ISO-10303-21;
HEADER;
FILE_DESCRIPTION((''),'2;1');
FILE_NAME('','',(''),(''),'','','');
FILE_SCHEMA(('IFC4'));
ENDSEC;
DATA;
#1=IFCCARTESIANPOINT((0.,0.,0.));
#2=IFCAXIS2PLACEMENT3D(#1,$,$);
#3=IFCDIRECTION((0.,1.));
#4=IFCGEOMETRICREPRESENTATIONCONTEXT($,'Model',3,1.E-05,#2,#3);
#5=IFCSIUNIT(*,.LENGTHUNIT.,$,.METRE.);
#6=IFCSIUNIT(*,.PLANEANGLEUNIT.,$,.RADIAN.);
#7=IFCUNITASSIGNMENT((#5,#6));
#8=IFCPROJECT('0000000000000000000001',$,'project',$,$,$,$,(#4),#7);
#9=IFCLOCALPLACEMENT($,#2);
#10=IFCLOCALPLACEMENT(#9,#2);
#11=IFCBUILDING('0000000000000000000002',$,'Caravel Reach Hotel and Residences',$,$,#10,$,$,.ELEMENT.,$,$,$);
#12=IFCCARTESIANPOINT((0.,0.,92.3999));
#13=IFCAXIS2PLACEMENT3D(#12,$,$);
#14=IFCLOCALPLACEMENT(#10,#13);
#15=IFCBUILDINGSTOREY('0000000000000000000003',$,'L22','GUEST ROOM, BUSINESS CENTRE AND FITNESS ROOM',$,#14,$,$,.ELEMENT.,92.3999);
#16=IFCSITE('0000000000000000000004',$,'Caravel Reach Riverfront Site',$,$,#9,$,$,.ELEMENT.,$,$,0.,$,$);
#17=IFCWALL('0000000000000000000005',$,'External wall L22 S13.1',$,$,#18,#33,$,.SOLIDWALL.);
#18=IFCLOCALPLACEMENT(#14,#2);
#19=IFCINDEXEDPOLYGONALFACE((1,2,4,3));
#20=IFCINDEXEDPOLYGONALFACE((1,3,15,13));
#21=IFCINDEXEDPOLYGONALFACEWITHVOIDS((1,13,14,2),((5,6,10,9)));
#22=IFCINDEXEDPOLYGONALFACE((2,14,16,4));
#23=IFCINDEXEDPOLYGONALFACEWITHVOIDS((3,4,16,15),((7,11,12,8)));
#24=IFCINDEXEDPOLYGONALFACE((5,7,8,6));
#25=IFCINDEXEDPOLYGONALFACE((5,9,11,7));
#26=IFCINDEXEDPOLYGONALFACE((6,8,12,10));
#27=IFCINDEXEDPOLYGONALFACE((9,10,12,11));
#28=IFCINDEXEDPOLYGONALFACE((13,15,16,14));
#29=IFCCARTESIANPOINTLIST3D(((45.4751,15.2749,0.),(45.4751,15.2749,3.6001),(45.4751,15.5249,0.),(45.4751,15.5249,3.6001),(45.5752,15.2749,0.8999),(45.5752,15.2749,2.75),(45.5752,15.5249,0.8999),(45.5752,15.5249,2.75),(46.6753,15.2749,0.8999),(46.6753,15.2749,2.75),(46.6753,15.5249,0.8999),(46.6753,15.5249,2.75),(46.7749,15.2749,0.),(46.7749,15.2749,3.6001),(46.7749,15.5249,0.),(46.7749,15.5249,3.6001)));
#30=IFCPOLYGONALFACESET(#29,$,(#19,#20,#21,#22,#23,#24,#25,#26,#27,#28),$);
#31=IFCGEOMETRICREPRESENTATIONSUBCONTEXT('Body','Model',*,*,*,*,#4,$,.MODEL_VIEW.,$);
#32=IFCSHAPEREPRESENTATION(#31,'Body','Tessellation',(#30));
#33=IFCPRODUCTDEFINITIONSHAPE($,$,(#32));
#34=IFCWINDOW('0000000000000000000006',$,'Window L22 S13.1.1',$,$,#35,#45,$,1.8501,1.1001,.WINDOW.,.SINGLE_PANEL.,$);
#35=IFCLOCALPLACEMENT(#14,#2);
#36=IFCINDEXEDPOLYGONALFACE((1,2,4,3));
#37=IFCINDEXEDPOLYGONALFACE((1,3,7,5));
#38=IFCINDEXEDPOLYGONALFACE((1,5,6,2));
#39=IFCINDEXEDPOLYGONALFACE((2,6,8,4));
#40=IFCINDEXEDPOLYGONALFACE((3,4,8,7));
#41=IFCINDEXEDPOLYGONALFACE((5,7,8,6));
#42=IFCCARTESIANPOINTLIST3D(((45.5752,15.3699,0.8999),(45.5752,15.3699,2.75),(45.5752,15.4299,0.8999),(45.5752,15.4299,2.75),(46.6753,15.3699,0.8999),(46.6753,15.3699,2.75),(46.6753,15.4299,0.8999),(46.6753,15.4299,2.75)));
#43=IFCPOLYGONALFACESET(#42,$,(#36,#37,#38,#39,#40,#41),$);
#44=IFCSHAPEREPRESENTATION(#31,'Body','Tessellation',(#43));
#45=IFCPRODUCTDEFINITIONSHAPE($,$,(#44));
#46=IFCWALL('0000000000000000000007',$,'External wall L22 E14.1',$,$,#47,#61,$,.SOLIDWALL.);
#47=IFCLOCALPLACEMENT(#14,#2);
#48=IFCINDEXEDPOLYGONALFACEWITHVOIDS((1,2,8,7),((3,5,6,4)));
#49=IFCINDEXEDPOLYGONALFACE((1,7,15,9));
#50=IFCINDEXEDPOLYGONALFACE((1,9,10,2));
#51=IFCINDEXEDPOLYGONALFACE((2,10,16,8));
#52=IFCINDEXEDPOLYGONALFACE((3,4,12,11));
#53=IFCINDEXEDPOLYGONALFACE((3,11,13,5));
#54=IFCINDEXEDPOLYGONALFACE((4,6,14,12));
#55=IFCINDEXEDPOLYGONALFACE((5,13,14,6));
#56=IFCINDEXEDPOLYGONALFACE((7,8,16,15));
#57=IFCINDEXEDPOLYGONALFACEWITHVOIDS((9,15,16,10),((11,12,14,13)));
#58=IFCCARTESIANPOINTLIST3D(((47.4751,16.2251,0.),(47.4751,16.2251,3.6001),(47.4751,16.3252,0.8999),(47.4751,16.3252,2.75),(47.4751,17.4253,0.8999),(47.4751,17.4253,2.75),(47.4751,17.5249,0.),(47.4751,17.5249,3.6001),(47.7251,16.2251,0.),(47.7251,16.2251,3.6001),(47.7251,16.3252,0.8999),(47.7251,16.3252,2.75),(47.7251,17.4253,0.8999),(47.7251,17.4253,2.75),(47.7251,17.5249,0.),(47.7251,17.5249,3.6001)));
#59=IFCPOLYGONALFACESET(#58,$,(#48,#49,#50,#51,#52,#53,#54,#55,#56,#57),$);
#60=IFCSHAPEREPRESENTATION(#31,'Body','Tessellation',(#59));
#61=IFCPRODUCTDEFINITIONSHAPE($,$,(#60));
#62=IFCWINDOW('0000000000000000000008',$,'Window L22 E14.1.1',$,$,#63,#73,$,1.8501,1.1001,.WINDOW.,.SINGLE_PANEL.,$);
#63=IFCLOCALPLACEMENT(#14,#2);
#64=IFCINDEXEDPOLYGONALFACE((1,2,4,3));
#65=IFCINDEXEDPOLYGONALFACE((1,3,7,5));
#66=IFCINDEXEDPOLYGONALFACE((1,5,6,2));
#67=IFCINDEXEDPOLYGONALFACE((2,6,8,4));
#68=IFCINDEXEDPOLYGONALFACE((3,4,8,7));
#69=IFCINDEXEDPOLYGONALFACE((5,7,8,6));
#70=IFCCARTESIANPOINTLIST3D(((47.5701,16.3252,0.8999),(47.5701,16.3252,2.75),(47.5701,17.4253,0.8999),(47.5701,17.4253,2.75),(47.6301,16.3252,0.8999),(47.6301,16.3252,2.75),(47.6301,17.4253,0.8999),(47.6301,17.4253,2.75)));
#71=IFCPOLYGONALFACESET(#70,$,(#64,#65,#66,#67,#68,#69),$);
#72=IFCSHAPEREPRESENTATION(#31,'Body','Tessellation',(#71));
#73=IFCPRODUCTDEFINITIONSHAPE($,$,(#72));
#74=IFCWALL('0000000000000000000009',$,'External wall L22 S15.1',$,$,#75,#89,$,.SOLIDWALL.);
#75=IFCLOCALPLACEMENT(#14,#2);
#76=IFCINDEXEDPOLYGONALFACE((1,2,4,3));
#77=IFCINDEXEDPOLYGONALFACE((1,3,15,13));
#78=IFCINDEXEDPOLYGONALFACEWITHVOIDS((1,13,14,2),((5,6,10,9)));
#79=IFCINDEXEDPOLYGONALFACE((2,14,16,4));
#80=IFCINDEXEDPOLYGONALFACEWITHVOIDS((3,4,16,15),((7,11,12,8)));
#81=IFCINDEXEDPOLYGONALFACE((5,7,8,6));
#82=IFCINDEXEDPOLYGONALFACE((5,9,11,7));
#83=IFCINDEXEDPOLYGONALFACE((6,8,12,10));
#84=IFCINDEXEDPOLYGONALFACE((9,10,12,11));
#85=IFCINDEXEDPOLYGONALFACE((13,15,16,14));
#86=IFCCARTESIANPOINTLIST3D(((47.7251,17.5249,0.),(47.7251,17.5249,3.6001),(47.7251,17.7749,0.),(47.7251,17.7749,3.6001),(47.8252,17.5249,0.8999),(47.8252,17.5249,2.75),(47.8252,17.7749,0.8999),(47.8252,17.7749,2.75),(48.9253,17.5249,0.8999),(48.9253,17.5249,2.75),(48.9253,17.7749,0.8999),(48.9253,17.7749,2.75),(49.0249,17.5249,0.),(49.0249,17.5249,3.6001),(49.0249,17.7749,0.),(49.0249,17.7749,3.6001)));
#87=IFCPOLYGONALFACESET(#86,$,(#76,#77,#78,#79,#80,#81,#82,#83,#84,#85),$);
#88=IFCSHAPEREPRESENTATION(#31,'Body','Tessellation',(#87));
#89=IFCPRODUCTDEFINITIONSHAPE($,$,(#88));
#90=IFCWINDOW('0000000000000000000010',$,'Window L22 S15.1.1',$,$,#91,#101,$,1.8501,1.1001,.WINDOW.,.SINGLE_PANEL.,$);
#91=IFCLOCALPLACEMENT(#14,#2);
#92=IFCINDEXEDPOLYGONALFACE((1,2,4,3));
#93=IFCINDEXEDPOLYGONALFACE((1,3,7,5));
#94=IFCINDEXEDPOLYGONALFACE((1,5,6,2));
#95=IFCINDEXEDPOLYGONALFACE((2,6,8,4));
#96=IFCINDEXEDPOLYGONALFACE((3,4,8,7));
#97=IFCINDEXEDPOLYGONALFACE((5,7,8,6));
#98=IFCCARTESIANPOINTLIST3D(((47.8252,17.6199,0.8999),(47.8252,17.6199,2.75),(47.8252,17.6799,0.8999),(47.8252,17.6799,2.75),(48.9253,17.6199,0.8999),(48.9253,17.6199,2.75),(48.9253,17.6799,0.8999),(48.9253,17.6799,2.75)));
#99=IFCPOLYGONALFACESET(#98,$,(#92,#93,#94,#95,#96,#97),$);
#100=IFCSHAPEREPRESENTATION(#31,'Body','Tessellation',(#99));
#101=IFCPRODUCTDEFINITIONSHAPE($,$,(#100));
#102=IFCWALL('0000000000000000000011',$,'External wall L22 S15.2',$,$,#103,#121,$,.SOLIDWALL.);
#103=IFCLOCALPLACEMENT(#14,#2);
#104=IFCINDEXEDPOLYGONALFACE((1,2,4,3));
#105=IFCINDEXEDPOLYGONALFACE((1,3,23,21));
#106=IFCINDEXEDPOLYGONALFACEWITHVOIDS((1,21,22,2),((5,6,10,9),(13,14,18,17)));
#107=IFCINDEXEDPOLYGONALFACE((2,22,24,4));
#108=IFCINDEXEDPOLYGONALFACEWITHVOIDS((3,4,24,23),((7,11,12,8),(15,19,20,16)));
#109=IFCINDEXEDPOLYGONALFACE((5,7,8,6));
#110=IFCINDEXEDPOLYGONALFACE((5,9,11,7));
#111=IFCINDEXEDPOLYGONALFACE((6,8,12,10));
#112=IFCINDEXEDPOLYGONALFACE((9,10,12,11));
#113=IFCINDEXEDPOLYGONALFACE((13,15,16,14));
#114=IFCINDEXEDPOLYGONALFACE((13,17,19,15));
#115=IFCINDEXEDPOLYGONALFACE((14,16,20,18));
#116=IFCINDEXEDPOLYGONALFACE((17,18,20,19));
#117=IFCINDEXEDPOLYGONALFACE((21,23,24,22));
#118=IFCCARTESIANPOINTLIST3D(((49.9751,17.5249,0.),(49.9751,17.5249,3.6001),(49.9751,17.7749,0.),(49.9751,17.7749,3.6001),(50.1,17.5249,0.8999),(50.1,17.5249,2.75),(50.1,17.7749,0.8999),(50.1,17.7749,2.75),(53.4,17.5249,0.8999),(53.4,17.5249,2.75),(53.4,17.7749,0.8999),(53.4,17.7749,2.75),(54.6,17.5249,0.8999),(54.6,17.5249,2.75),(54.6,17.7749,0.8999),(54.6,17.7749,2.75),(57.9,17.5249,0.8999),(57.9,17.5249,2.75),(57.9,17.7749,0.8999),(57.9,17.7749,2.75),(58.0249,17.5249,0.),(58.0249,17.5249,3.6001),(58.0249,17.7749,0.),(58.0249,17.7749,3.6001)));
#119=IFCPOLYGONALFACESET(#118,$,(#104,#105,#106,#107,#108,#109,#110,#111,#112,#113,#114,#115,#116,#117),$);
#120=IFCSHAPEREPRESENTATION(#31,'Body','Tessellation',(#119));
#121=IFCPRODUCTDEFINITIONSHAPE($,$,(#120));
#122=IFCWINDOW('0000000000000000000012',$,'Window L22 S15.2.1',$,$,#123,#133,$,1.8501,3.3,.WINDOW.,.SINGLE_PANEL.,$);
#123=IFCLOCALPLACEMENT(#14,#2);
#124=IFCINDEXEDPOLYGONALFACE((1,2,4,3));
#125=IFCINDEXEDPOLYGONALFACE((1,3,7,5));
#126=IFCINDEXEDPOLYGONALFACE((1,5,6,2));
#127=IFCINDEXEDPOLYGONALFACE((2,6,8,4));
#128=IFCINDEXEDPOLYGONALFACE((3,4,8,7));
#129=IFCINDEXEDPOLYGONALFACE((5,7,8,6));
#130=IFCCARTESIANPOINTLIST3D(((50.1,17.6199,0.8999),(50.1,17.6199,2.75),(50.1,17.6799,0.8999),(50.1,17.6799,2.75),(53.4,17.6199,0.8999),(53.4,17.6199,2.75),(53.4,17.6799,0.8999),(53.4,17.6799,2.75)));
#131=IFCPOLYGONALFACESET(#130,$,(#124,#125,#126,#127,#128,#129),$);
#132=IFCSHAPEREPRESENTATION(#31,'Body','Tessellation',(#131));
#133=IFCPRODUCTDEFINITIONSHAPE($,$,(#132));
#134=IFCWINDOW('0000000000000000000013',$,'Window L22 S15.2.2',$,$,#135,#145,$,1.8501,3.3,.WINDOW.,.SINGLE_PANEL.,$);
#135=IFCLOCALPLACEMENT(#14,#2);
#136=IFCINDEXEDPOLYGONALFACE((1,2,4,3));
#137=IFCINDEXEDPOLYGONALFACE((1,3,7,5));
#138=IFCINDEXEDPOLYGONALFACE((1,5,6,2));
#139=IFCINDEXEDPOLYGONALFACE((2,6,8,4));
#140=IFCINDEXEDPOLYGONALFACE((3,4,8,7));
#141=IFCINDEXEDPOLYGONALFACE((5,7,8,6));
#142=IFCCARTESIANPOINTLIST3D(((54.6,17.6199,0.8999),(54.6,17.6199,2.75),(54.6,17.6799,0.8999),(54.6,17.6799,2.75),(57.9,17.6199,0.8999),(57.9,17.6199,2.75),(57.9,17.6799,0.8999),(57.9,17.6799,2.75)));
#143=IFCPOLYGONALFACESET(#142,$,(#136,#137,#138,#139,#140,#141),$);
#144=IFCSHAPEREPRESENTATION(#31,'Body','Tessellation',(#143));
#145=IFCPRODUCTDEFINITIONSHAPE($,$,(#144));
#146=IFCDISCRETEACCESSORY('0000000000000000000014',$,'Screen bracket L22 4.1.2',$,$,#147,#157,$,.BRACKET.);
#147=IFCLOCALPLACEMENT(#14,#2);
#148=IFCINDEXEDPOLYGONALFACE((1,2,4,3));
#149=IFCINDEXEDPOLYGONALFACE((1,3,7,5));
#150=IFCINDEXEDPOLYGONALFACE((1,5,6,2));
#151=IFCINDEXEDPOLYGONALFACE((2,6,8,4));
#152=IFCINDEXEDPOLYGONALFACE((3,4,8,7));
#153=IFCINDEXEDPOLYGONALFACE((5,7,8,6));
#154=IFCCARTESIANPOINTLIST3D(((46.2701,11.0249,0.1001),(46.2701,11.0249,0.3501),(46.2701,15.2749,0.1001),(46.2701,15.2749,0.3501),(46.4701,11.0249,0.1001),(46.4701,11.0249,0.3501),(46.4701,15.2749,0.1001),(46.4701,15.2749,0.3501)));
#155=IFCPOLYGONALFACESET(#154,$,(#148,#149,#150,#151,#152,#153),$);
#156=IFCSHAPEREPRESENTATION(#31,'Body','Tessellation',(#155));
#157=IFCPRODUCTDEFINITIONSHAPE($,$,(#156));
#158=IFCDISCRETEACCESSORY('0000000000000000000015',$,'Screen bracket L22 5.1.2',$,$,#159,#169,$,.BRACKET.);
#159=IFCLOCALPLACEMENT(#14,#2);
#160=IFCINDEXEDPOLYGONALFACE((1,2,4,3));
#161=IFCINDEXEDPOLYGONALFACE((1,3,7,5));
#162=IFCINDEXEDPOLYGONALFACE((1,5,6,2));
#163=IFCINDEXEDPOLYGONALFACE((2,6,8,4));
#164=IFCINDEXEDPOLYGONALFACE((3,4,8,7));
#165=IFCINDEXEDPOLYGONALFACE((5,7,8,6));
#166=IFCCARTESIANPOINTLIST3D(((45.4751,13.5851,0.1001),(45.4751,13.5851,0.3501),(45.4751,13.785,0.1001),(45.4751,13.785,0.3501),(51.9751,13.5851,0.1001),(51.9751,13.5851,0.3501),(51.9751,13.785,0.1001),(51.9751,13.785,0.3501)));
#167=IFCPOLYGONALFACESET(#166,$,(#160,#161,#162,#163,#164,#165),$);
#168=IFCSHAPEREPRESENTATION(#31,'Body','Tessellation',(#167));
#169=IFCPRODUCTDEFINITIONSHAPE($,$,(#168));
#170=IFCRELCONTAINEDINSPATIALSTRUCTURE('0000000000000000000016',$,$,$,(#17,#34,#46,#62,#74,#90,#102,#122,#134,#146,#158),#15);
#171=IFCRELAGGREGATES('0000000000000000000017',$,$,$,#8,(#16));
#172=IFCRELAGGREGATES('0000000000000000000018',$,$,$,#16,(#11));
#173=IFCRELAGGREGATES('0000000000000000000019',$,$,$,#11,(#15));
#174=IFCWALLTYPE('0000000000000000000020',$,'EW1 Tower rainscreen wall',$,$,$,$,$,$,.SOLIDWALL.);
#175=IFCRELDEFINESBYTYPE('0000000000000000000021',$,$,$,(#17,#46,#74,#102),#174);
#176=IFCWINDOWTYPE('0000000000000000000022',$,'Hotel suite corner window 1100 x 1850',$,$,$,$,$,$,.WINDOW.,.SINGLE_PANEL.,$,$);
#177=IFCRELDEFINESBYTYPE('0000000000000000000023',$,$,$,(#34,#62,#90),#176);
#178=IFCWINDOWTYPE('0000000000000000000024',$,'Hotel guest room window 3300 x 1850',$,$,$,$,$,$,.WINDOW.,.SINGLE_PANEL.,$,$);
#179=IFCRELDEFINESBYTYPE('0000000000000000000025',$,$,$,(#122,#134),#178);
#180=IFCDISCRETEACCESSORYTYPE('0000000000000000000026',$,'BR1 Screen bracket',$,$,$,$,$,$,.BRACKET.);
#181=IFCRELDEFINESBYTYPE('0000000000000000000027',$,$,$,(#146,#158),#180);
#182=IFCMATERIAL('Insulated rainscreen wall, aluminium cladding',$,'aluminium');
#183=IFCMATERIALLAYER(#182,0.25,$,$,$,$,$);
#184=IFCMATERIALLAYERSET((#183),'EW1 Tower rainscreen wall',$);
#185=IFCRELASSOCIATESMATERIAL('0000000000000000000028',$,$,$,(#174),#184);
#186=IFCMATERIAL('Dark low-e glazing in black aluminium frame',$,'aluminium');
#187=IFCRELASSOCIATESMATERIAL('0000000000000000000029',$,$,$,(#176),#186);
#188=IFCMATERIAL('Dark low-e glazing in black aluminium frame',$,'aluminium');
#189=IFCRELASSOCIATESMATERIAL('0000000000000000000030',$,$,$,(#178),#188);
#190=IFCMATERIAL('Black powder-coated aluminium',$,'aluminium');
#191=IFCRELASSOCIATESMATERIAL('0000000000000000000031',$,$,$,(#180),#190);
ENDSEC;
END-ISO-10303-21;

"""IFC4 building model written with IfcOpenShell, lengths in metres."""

from ifc_helpers import new_model, si_unit, direction, frame, frame_2d, origin, origin_2d, place, context, subcontext, project, spatial, rectangle, extrude, material, layer, layer_set, type_object, element, fill, save


model = new_model("IFC4")

# Units and contexts
model_context = context("Model", 3, precision=1e-05, world=origin(), true_north=direction((0.0, 1.0)))
body_context = subcontext(model_context, "Body", "Model", "MODEL_VIEW")
ifc_project = project(units=[si_unit("LENGTHUNIT", "METRE"), si_unit("PLANEANGLEUNIT", "RADIAN")], contexts=[model_context])

# Site, building, storey
site_placement = place(None, origin())
site = spatial("IfcSite", under=ifc_project, at=site_placement, Name="Caravel Reach Riverfront Site", CompositionType="ELEMENT", RefElevation=0.0)
building_placement = place(site_placement, origin())
building = spatial("IfcBuilding", under=site, at=building_placement, Name="Caravel Reach Hotel and Residences", CompositionType="ELEMENT")
storey_placement = place(building_placement, frame((0.0, 0.0, 92.3999)))
storey = spatial("IfcBuildingStorey", under=building, at=storey_placement, Name="L22", Description="GUEST ROOM, BUSINESS CENTRE AND FITNESS ROOM", CompositionType="ELEMENT", Elevation=92.3999)

# Walls, openings, windows
ifc_material_1 = material(Name="Insulated rainscreen wall, aluminium cladding", Category="aluminium")
ifc_layer_1 = layer(ifc_material_1, 0.25)
ifc_layer_set_1 = layer_set([ifc_layer_1], Name="EW1 Tower rainscreen wall")
wall_type_1 = type_object("IfcWallType", Name="EW1 Tower rainscreen wall", PredefinedType="SOLIDWALL", material=ifc_layer_set_1)
ifc_material_2 = material(Name="Dark low-e glazing in black aluminium frame", Category="aluminium")
window_type_1 = type_object("IfcWindowType", Name="Hotel suite corner window 1100 x 1850", PartitioningType="SINGLE_PANEL", PredefinedType="WINDOW", material=ifc_material_2)
wall_1_placement = place(storey_placement, frame((45.4751, 15.3999, 0.0), z_axis=(0.0, 0.0, 1.0), x_axis=(1.0, 0.0, 0.0)))
wall_1 = element("IfcWall", 1, at=wall_1_placement, inside=storey, type_object=wall_type_1, Name="External wall L22 S13.1", PredefinedType="SOLIDWALL", context=body_context, shape_type="SweptSolid", body=[
    extrude(rectangle(XDim=1.2998, YDim=0.25, at=frame_2d((0.6499, 0.0))), origin(), (0.0, 0.0, 1.0), 3.6001),
])
opening_1_placement = place(wall_1_placement, frame((0.1001, 0.0, 0.8999)))
opening_1 = element("IfcOpeningElement", 2, at=opening_1_placement, cuts=wall_1, PredefinedType="OPENING", context=body_context, shape_type="SweptSolid", body=[
    extrude(rectangle(XDim=1.1001, YDim=1.8501, at=frame_2d((0.55, 0.925))), frame((0.0, 0.135, 0.0), z_axis=(0.0, -1.0, 0.0), x_axis=(1.0, 0.0, 0.0)), (0.0, 0.0, 1.0), 0.27),
])
window_1_placement = place(opening_1_placement, origin())
window_1 = element("IfcWindow", 3, at=window_1_placement, inside=storey, type_object=window_type_1, Name="Window L22 S13.1.1", OverallHeight=1.8501, OverallWidth=1.1001, PartitioningType="SINGLE_PANEL", PredefinedType="WINDOW", context=body_context, shape_type="SweptSolid", body=[
    extrude(rectangle(XDim=1.1001, YDim=1.8501, at=frame_2d((0.55, 0.925))), frame((0.0, 0.03, 0.0), z_axis=(0.0, -1.0, 0.0), x_axis=(1.0, 0.0, 0.0)), (0.0, 0.0, 1.0), 0.0601),
])
fill(opening_1, window_1)
wall_2_placement = place(storey_placement, frame((47.6001, 16.2251, 0.0), z_axis=(0.0, 0.0, 1.0), x_axis=(0.0, 1.0, 0.0)))
wall_2 = element("IfcWall", 4, at=wall_2_placement, inside=storey, type_object=wall_type_1, Name="External wall L22 E14.1", PredefinedType="SOLIDWALL", context=body_context, shape_type="SweptSolid", body=[
    extrude(rectangle(XDim=1.2998, YDim=0.25, at=frame_2d((0.6499, 0.0))), origin(), (0.0, 0.0, 1.0), 3.6001),
])
opening_2_placement = place(wall_2_placement, frame((0.1001, 0.0, 0.8999)))
opening_2 = element("IfcOpeningElement", 5, at=opening_2_placement, cuts=wall_2, PredefinedType="OPENING", context=body_context, shape_type="SweptSolid", body=[
    extrude(rectangle(XDim=1.1001, YDim=1.8501, at=frame_2d((0.55, 0.925))), frame((0.0, 0.135, 0.0), z_axis=(0.0, -1.0, 0.0), x_axis=(1.0, 0.0, 0.0)), (0.0, 0.0, 1.0), 0.27),
])
window_2_placement = place(opening_2_placement, origin())
window_2 = element("IfcWindow", 6, at=window_2_placement, inside=storey, type_object=window_type_1, Name="Window L22 E14.1.1", OverallHeight=1.8501, OverallWidth=1.1001, PartitioningType="SINGLE_PANEL", PredefinedType="WINDOW", context=body_context, shape_type="SweptSolid", body=[
    extrude(rectangle(XDim=1.1001, YDim=1.8501, at=frame_2d((0.55, 0.925))), frame((0.0, 0.03, 0.0), z_axis=(0.0, -1.0, 0.0), x_axis=(1.0, 0.0, 0.0)), (0.0, 0.0, 1.0), 0.0601),
])
fill(opening_2, window_2)
wall_3_placement = place(storey_placement, frame((47.7251, 17.6499, 0.0), z_axis=(0.0, 0.0, 1.0), x_axis=(1.0, 0.0, 0.0)))
wall_3 = element("IfcWall", 7, at=wall_3_placement, inside=storey, type_object=wall_type_1, Name="External wall L22 S15.1", PredefinedType="SOLIDWALL", context=body_context, shape_type="SweptSolid", body=[
    extrude(rectangle(XDim=1.2998, YDim=0.25, at=frame_2d((0.6499, 0.0))), origin(), (0.0, 0.0, 1.0), 3.6001),
])
opening_3_placement = place(wall_3_placement, frame((0.1001, 0.0, 0.8999)))
opening_3 = element("IfcOpeningElement", 8, at=opening_3_placement, cuts=wall_3, PredefinedType="OPENING", context=body_context, shape_type="SweptSolid", body=[
    extrude(rectangle(XDim=1.1001, YDim=1.8501, at=frame_2d((0.55, 0.925))), frame((0.0, 0.135, 0.0), z_axis=(0.0, -1.0, 0.0), x_axis=(1.0, 0.0, 0.0)), (0.0, 0.0, 1.0), 0.27),
])
window_3_placement = place(opening_3_placement, origin())
window_3 = element("IfcWindow", 9, at=window_3_placement, inside=storey, type_object=window_type_1, Name="Window L22 S15.1.1", OverallHeight=1.8501, OverallWidth=1.1001, PartitioningType="SINGLE_PANEL", PredefinedType="WINDOW", context=body_context, shape_type="SweptSolid", body=[
    extrude(rectangle(XDim=1.1001, YDim=1.8501, at=frame_2d((0.55, 0.925))), frame((0.0, 0.03, 0.0), z_axis=(0.0, -1.0, 0.0), x_axis=(1.0, 0.0, 0.0)), (0.0, 0.0, 1.0), 0.0601),
])
fill(opening_3, window_3)

# Wall, openings, windows
wall_4_placement = place(storey_placement, frame((49.9751, 17.6499, 0.0), z_axis=(0.0, 0.0, 1.0), x_axis=(1.0, 0.0, 0.0)))
wall_4 = element("IfcWall", 10, at=wall_4_placement, inside=storey, type_object=wall_type_1, Name="External wall L22 S15.2", PredefinedType="SOLIDWALL", context=body_context, shape_type="SweptSolid", body=[
    extrude(rectangle(XDim=8.0498, YDim=0.25, at=frame_2d((4.0249, 0.0))), origin(), (0.0, 0.0, 1.0), 3.6001),
])
opening_4_placement = place(wall_4_placement, frame((0.125, 0.0, 0.8999)))
opening_4 = element("IfcOpeningElement", 11, at=opening_4_placement, cuts=wall_4, PredefinedType="OPENING", context=body_context, shape_type="SweptSolid", body=[
    extrude(rectangle(XDim=3.3, YDim=1.8501, at=frame_2d((1.6499, 0.925))), frame((0.0, 0.135, 0.0), z_axis=(0.0, -1.0, 0.0), x_axis=(1.0, 0.0, 0.0)), (0.0, 0.0, 1.0), 0.27),
])
opening_5_placement = place(wall_4_placement, frame((4.625, 0.0, 0.8999)))
opening_5 = element("IfcOpeningElement", 12, at=opening_5_placement, cuts=wall_4, PredefinedType="OPENING", context=body_context, shape_type="SweptSolid", body=[
    extrude(rectangle(XDim=3.3, YDim=1.8501, at=frame_2d((1.6499, 0.925))), frame((0.0, 0.135, 0.0), z_axis=(0.0, -1.0, 0.0), x_axis=(1.0, 0.0, 0.0)), (0.0, 0.0, 1.0), 0.27),
])
ifc_material_3 = material(Name="Dark low-e glazing in black aluminium frame", Category="aluminium")
window_type_2 = type_object("IfcWindowType", Name="Hotel guest room window 3300 x 1850", PartitioningType="SINGLE_PANEL", PredefinedType="WINDOW", material=ifc_material_3)
window_4_placement = place(opening_4_placement, origin())
window_4 = element("IfcWindow", 13, at=window_4_placement, inside=storey, type_object=window_type_2, Name="Window L22 S15.2.1", OverallHeight=1.8501, OverallWidth=3.3, PartitioningType="SINGLE_PANEL", PredefinedType="WINDOW", context=body_context, shape_type="SweptSolid", body=[
    extrude(rectangle(XDim=3.3, YDim=1.8501, at=frame_2d((1.6499, 0.925))), frame((0.0, 0.03, 0.0), z_axis=(0.0, -1.0, 0.0), x_axis=(1.0, 0.0, 0.0)), (0.0, 0.0, 1.0), 0.0601),
])
fill(opening_4, window_4)
window_5_placement = place(opening_5_placement, origin())
window_5 = element("IfcWindow", 14, at=window_5_placement, inside=storey, type_object=window_type_2, Name="Window L22 S15.2.2", OverallHeight=1.8501, OverallWidth=3.3, PartitioningType="SINGLE_PANEL", PredefinedType="WINDOW", context=body_context, shape_type="SweptSolid", body=[
    extrude(rectangle(XDim=3.3, YDim=1.8501, at=frame_2d((1.6499, 0.925))), frame((0.0, 0.03, 0.0), z_axis=(0.0, -1.0, 0.0), x_axis=(1.0, 0.0, 0.0)), (0.0, 0.0, 1.0), 0.0601),
])
fill(opening_5, window_5)

# Discrete accessories
ifc_material_4 = material(Name="Black powder-coated aluminium", Category="aluminium")
discrete_accessory_type = type_object("IfcDiscreteAccessoryType", Name="BR1 Screen bracket", PredefinedType="BRACKET", material=ifc_material_4)
discrete_accessory_1_placement = place(storey_placement, frame((46.3701, 13.1499, 0.1001), z_axis=(0.0, 0.0, 1.0), x_axis=(0.0, -1.0, 0.0)))
element("IfcDiscreteAccessory", 15, at=discrete_accessory_1_placement, inside=storey, type_object=discrete_accessory_type, Name="Screen bracket L22 4.1.2", PredefinedType="BRACKET", context=body_context, shape_type="SweptSolid", body=[
    extrude(rectangle(XDim=4.25, YDim=0.2, at=origin_2d()), origin(), (0.0, 0.0, 1.0), 0.25),
])
discrete_accessory_2_placement = place(storey_placement, frame((48.7251, 13.6851, 0.1001), z_axis=(0.0, 0.0, 1.0), x_axis=(1.0, 0.0, 0.0)))
element("IfcDiscreteAccessory", 16, at=discrete_accessory_2_placement, inside=storey, type_object=discrete_accessory_type, Name="Screen bracket L22 5.1.2", PredefinedType="BRACKET", context=body_context, shape_type="SweptSolid", body=[
    extrude(rectangle(XDim=6.5, YDim=0.2, at=origin_2d()), origin(), (0.0, 0.0, 1.0), 0.25),
])

save(model, "model.ifc")
